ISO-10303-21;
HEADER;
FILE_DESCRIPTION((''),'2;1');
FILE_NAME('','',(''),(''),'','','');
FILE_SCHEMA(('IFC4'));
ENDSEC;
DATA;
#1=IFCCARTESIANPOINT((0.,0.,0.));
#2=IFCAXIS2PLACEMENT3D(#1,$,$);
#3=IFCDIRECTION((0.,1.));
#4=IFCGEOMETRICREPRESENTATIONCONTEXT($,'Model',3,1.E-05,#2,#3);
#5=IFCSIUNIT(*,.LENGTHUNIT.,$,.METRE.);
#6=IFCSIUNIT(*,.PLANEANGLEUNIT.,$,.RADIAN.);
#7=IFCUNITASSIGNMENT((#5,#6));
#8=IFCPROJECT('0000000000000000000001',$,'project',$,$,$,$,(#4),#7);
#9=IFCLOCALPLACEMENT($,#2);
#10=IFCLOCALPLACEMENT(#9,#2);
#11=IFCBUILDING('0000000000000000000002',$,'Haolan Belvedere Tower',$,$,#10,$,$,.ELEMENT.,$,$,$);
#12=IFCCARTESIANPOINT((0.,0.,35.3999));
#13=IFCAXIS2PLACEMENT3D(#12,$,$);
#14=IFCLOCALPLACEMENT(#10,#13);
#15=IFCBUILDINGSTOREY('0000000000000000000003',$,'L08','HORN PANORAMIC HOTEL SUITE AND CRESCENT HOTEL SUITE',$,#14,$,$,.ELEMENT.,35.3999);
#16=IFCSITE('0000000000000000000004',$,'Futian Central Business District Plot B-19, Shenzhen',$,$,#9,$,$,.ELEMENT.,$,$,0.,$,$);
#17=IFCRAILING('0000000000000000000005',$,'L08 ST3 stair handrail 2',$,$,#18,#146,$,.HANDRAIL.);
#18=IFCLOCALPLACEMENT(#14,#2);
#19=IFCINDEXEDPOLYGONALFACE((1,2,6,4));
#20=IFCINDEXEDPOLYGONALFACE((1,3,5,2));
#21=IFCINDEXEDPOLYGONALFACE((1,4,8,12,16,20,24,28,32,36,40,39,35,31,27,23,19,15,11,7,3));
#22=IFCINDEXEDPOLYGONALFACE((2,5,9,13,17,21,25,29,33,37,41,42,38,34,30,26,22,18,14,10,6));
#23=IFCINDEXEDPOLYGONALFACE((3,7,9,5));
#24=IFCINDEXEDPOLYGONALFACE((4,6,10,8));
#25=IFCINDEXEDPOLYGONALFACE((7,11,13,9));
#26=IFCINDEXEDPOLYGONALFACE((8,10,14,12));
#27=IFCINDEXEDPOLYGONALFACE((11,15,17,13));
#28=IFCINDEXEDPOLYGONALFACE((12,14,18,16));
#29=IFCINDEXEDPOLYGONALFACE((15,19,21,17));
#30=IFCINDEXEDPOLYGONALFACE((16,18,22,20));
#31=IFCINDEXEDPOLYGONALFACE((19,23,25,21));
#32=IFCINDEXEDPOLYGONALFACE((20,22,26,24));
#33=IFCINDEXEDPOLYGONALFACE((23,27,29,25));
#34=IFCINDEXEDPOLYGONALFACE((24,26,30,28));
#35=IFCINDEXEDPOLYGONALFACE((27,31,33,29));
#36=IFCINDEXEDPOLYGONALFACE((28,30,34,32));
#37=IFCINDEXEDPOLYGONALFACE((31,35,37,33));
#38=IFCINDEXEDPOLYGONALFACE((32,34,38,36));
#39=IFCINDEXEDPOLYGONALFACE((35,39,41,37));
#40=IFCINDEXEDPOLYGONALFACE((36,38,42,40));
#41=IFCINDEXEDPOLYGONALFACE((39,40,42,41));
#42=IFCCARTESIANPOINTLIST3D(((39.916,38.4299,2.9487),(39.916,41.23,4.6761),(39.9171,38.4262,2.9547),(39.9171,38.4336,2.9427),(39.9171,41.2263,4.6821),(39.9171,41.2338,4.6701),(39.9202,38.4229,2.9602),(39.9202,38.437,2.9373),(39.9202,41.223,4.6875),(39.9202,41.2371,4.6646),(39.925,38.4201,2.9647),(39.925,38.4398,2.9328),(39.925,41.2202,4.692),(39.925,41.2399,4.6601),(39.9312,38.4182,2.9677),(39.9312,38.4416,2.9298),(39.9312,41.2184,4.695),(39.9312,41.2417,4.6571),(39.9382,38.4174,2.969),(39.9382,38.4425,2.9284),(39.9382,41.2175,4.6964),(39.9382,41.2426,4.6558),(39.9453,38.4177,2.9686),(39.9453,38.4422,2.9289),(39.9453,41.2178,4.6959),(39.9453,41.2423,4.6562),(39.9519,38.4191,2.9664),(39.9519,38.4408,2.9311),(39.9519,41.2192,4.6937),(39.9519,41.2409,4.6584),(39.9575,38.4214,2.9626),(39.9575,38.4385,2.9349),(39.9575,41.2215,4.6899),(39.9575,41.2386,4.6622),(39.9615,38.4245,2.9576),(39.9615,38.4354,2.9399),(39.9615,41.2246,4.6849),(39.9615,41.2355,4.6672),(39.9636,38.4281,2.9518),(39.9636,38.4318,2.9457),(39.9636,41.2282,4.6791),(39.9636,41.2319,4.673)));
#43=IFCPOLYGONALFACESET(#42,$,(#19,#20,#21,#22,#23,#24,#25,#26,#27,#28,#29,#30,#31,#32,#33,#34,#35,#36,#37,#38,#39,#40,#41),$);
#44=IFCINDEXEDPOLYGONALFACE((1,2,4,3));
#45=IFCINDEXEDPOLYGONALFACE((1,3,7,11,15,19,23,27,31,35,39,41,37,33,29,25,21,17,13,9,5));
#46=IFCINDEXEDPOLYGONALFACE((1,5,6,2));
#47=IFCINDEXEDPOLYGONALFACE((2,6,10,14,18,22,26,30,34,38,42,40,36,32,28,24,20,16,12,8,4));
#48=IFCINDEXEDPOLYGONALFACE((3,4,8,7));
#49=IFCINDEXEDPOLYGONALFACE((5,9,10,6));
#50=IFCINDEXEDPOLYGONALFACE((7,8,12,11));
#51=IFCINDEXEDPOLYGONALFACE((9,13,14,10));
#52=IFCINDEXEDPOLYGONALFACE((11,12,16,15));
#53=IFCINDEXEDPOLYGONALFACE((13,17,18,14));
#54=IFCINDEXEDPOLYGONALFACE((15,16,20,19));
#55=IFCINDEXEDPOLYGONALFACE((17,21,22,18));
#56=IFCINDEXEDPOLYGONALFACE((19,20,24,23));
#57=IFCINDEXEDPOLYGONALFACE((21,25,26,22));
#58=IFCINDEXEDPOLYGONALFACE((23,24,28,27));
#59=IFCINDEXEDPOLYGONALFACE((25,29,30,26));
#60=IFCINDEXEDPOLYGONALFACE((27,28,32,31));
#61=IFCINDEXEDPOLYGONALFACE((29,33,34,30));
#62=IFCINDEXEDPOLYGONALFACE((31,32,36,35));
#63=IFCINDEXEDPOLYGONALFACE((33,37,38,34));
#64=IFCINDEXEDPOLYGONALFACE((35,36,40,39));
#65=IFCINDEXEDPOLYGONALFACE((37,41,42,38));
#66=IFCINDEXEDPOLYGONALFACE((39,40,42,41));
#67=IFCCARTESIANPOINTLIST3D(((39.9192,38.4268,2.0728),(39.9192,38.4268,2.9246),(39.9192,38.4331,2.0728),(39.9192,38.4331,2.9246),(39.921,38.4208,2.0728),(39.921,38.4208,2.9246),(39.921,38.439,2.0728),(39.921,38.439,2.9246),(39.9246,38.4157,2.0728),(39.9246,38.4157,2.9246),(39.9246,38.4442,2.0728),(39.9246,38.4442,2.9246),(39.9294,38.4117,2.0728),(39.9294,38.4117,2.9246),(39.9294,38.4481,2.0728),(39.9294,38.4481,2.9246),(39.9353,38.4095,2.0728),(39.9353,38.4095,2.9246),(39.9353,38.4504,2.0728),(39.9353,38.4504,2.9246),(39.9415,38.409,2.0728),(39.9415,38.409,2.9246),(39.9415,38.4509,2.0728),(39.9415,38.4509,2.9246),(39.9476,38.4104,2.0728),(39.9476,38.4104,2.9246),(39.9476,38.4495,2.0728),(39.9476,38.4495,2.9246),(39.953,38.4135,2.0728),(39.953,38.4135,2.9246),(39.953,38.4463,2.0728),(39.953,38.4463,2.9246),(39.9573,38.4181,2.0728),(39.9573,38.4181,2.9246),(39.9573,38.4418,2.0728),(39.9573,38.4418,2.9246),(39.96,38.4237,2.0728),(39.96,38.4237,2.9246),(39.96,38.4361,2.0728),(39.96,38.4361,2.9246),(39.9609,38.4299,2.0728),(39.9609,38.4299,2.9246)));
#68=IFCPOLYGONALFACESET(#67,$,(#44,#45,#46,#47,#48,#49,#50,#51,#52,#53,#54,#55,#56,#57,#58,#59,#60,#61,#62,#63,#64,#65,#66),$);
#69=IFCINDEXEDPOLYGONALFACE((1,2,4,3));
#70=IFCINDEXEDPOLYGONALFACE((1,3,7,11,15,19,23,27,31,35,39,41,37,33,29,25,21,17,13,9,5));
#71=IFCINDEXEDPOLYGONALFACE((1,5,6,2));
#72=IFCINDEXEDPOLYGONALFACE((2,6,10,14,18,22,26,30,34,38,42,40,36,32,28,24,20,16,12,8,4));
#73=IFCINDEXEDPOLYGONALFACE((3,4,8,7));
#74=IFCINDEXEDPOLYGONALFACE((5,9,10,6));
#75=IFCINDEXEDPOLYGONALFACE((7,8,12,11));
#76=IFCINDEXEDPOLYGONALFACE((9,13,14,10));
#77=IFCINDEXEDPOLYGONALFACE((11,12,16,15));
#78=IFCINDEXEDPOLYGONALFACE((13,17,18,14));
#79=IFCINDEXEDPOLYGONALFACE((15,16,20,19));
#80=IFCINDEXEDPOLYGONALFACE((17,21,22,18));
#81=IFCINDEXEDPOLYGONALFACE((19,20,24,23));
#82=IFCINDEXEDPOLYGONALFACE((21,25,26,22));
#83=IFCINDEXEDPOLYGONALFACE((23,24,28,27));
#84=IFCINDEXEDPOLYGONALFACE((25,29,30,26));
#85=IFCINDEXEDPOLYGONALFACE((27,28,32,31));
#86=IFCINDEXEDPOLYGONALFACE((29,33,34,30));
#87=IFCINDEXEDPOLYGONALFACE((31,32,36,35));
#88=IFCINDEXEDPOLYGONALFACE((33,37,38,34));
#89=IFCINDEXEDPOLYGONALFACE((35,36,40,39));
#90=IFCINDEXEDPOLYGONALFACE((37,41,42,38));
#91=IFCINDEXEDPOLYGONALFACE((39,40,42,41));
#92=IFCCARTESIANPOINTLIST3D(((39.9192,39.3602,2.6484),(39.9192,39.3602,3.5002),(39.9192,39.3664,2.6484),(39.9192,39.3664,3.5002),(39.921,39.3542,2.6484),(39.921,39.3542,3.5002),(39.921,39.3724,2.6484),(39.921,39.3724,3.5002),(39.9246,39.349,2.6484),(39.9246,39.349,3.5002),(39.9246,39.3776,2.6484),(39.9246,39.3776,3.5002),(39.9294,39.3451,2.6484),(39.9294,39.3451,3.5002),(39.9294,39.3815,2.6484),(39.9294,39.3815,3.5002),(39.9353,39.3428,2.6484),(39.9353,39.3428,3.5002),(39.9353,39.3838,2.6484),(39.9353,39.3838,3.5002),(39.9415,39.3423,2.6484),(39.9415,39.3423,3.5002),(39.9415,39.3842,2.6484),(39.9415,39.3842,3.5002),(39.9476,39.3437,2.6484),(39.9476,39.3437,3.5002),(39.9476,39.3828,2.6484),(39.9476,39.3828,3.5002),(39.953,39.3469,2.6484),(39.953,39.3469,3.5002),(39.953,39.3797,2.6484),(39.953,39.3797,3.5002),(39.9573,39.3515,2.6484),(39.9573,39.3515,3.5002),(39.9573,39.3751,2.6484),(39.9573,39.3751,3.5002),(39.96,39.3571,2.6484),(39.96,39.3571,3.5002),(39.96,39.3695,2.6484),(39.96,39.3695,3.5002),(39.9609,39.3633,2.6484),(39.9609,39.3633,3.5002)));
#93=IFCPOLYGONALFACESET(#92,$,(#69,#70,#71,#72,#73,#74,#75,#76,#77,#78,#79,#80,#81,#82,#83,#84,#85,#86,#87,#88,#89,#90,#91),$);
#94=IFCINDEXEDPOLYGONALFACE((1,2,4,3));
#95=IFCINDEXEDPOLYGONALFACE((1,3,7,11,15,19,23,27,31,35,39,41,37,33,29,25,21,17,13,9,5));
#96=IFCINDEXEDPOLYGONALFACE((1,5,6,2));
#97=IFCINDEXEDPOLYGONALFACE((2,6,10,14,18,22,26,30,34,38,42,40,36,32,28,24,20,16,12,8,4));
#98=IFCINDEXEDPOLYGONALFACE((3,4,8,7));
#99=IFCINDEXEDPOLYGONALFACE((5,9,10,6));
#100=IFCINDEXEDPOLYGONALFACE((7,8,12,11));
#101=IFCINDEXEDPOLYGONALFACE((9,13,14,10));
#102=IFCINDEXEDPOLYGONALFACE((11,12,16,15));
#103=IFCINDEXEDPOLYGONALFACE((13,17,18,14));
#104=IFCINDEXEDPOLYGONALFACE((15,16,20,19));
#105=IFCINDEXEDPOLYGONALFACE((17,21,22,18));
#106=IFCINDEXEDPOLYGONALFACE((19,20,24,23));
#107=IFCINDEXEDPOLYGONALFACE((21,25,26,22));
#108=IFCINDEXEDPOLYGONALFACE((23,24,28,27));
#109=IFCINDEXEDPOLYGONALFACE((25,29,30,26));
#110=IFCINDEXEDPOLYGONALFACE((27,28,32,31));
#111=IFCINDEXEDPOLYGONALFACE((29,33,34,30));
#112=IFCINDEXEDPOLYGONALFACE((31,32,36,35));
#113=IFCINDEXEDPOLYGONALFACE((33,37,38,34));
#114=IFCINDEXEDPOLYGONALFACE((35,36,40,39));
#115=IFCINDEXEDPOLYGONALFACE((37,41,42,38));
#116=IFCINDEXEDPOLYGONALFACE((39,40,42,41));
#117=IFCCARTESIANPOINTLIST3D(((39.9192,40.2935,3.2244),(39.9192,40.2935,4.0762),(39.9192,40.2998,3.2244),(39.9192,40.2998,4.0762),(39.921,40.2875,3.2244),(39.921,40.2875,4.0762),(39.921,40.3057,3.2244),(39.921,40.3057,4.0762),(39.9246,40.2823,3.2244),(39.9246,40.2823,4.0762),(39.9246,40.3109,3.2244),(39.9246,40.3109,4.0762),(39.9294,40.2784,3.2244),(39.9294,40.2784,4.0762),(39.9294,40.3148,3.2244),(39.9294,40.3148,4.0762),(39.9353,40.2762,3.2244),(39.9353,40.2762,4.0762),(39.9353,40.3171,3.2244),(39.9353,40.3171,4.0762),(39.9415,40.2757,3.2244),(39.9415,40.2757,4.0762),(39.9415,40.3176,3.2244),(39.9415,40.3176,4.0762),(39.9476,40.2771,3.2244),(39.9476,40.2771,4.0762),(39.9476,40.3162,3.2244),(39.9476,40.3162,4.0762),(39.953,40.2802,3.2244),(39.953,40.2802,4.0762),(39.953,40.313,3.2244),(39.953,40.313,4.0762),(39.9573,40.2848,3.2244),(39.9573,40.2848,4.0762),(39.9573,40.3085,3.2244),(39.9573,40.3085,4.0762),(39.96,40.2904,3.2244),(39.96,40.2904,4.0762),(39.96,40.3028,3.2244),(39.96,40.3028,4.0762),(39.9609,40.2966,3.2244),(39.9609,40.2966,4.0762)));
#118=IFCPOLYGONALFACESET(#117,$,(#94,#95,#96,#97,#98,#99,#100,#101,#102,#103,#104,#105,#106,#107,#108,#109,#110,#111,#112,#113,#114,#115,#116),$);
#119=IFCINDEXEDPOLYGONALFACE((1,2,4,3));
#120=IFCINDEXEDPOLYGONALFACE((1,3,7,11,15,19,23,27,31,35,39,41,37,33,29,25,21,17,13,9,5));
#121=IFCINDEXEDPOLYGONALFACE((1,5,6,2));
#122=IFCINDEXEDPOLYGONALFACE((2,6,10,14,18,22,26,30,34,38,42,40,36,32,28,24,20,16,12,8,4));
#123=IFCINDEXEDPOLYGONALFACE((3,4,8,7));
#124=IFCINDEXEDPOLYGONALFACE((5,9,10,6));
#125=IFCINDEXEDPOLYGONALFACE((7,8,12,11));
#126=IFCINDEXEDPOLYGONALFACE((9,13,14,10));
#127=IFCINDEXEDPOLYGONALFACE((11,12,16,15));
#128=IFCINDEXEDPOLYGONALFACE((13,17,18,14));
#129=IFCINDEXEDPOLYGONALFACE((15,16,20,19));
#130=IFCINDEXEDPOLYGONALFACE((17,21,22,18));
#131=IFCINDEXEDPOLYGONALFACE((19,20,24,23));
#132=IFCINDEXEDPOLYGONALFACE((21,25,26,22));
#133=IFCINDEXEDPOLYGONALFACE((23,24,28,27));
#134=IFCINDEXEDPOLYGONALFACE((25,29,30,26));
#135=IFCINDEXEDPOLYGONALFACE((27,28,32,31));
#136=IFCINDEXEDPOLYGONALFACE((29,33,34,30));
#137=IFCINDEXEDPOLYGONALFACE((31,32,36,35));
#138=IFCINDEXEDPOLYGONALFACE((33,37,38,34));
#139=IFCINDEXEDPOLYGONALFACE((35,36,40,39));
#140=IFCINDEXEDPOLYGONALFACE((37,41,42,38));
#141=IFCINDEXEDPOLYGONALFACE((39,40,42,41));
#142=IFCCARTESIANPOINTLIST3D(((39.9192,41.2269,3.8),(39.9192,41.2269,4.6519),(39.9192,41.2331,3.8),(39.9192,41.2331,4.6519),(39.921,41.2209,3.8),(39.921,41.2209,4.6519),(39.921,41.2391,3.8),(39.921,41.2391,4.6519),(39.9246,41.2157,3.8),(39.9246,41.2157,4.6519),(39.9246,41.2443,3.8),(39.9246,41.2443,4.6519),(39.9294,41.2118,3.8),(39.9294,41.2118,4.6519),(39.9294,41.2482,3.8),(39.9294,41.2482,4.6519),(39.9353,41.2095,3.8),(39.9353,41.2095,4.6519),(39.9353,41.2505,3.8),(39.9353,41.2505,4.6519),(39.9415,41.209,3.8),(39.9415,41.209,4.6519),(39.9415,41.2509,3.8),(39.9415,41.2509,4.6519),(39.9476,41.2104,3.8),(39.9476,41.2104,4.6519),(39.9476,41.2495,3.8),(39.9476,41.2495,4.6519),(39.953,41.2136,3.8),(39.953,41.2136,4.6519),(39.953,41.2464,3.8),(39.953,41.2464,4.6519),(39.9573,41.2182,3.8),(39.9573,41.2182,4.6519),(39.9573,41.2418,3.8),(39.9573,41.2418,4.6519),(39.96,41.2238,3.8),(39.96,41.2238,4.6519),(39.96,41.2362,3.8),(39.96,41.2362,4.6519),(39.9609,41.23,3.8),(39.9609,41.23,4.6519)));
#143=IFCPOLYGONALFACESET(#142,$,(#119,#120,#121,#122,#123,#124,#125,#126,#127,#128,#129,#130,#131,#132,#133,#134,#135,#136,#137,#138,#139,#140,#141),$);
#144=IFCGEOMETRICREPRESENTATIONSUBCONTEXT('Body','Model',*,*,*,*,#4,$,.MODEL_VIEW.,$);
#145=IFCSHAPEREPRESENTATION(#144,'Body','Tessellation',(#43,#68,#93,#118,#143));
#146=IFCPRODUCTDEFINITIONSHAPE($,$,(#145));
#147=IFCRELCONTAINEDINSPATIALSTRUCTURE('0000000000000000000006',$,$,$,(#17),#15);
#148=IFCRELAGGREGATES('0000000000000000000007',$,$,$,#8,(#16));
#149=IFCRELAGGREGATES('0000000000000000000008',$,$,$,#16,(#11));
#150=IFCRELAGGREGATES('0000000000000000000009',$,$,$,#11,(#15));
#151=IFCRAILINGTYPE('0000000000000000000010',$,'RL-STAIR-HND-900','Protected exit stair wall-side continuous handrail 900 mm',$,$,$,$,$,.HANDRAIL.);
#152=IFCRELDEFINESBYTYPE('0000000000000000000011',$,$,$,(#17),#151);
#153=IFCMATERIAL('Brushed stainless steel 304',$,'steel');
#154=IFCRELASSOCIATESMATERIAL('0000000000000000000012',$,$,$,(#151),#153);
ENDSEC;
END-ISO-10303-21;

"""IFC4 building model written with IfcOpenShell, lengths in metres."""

from ifc_helpers import new_model, si_unit, direction, frame, origin, origin_2d, place, context, subcontext, project, spatial, circle, extrude, material, type_object, element, save


model = new_model("IFC4")

# Units and contexts
model_context = context("Model", 3, precision=1e-05, world=origin(), true_north=direction((0.0, 1.0)))
body_context = subcontext(model_context, "Body", "Model", "MODEL_VIEW")
ifc_project = project(units=[si_unit("LENGTHUNIT", "METRE"), si_unit("PLANEANGLEUNIT", "RADIAN")], contexts=[model_context])

# Site, building, storey
site_placement = place(None, origin())
site = spatial("IfcSite", under=ifc_project, at=site_placement, Name="Futian Central Business District Plot B-19, Shenzhen", CompositionType="ELEMENT", RefElevation=0.0)
building_placement = place(site_placement, origin())
building = spatial("IfcBuilding", under=site, at=building_placement, Name="Haolan Belvedere Tower", CompositionType="ELEMENT")
storey_placement = place(building_placement, frame((0.0, 0.0, 35.3999)))
storey = spatial("IfcBuildingStorey", under=building, at=storey_placement, Name="L08", Description="HORN PANORAMIC HOTEL SUITE AND CRESCENT HOTEL SUITE", CompositionType="ELEMENT", Elevation=35.3999)

# Railing
ifc_material_1 = material(Name="Brushed stainless steel 304", Category="steel")
railing_type_1 = type_object("IfcRailingType", Name="RL-STAIR-HND-900", Description="Protected exit stair wall-side continuous handrail 900 mm", PredefinedType="HANDRAIL", material=ifc_material_1)
railing_1_placement = place(storey_placement, frame((39.9399, 38.4299, 2.0728)))
element("IfcRailing", 1, at=railing_1_placement, inside=storey, type_object=railing_type_1, Name="L08 ST3 stair handrail 2", PredefinedType="HANDRAIL", context=body_context, shape_type="SweptSolid", body=[
    extrude(circle(Radius=0.0239, at=origin_2d()), frame((0.0, 0.0, 0.876), z_axis=(0.0, 0.85109, 0.52502), x_axis=(-1.0, 0.0, 0.0)), (0.0, 0.0, 1.0), 3.29),
    extrude(circle(Radius=0.021, at=origin_2d()), origin(), (0.0, 0.0, 1.0), 0.8518),
    extrude(circle(Radius=0.021, at=origin_2d()), frame((0.0, 0.9333, 0.5757)), (0.0, 0.0, 1.0), 0.8518),
    extrude(circle(Radius=0.021, at=origin_2d()), frame((0.0, 1.8667, 1.1516)), (0.0, 0.0, 1.0), 0.8518),
    extrude(circle(Radius=0.021, at=origin_2d()), frame((0.0, 2.8, 1.7273)), (0.0, 0.0, 1.0), 0.8518),
])

save(model, "model.ifc")
